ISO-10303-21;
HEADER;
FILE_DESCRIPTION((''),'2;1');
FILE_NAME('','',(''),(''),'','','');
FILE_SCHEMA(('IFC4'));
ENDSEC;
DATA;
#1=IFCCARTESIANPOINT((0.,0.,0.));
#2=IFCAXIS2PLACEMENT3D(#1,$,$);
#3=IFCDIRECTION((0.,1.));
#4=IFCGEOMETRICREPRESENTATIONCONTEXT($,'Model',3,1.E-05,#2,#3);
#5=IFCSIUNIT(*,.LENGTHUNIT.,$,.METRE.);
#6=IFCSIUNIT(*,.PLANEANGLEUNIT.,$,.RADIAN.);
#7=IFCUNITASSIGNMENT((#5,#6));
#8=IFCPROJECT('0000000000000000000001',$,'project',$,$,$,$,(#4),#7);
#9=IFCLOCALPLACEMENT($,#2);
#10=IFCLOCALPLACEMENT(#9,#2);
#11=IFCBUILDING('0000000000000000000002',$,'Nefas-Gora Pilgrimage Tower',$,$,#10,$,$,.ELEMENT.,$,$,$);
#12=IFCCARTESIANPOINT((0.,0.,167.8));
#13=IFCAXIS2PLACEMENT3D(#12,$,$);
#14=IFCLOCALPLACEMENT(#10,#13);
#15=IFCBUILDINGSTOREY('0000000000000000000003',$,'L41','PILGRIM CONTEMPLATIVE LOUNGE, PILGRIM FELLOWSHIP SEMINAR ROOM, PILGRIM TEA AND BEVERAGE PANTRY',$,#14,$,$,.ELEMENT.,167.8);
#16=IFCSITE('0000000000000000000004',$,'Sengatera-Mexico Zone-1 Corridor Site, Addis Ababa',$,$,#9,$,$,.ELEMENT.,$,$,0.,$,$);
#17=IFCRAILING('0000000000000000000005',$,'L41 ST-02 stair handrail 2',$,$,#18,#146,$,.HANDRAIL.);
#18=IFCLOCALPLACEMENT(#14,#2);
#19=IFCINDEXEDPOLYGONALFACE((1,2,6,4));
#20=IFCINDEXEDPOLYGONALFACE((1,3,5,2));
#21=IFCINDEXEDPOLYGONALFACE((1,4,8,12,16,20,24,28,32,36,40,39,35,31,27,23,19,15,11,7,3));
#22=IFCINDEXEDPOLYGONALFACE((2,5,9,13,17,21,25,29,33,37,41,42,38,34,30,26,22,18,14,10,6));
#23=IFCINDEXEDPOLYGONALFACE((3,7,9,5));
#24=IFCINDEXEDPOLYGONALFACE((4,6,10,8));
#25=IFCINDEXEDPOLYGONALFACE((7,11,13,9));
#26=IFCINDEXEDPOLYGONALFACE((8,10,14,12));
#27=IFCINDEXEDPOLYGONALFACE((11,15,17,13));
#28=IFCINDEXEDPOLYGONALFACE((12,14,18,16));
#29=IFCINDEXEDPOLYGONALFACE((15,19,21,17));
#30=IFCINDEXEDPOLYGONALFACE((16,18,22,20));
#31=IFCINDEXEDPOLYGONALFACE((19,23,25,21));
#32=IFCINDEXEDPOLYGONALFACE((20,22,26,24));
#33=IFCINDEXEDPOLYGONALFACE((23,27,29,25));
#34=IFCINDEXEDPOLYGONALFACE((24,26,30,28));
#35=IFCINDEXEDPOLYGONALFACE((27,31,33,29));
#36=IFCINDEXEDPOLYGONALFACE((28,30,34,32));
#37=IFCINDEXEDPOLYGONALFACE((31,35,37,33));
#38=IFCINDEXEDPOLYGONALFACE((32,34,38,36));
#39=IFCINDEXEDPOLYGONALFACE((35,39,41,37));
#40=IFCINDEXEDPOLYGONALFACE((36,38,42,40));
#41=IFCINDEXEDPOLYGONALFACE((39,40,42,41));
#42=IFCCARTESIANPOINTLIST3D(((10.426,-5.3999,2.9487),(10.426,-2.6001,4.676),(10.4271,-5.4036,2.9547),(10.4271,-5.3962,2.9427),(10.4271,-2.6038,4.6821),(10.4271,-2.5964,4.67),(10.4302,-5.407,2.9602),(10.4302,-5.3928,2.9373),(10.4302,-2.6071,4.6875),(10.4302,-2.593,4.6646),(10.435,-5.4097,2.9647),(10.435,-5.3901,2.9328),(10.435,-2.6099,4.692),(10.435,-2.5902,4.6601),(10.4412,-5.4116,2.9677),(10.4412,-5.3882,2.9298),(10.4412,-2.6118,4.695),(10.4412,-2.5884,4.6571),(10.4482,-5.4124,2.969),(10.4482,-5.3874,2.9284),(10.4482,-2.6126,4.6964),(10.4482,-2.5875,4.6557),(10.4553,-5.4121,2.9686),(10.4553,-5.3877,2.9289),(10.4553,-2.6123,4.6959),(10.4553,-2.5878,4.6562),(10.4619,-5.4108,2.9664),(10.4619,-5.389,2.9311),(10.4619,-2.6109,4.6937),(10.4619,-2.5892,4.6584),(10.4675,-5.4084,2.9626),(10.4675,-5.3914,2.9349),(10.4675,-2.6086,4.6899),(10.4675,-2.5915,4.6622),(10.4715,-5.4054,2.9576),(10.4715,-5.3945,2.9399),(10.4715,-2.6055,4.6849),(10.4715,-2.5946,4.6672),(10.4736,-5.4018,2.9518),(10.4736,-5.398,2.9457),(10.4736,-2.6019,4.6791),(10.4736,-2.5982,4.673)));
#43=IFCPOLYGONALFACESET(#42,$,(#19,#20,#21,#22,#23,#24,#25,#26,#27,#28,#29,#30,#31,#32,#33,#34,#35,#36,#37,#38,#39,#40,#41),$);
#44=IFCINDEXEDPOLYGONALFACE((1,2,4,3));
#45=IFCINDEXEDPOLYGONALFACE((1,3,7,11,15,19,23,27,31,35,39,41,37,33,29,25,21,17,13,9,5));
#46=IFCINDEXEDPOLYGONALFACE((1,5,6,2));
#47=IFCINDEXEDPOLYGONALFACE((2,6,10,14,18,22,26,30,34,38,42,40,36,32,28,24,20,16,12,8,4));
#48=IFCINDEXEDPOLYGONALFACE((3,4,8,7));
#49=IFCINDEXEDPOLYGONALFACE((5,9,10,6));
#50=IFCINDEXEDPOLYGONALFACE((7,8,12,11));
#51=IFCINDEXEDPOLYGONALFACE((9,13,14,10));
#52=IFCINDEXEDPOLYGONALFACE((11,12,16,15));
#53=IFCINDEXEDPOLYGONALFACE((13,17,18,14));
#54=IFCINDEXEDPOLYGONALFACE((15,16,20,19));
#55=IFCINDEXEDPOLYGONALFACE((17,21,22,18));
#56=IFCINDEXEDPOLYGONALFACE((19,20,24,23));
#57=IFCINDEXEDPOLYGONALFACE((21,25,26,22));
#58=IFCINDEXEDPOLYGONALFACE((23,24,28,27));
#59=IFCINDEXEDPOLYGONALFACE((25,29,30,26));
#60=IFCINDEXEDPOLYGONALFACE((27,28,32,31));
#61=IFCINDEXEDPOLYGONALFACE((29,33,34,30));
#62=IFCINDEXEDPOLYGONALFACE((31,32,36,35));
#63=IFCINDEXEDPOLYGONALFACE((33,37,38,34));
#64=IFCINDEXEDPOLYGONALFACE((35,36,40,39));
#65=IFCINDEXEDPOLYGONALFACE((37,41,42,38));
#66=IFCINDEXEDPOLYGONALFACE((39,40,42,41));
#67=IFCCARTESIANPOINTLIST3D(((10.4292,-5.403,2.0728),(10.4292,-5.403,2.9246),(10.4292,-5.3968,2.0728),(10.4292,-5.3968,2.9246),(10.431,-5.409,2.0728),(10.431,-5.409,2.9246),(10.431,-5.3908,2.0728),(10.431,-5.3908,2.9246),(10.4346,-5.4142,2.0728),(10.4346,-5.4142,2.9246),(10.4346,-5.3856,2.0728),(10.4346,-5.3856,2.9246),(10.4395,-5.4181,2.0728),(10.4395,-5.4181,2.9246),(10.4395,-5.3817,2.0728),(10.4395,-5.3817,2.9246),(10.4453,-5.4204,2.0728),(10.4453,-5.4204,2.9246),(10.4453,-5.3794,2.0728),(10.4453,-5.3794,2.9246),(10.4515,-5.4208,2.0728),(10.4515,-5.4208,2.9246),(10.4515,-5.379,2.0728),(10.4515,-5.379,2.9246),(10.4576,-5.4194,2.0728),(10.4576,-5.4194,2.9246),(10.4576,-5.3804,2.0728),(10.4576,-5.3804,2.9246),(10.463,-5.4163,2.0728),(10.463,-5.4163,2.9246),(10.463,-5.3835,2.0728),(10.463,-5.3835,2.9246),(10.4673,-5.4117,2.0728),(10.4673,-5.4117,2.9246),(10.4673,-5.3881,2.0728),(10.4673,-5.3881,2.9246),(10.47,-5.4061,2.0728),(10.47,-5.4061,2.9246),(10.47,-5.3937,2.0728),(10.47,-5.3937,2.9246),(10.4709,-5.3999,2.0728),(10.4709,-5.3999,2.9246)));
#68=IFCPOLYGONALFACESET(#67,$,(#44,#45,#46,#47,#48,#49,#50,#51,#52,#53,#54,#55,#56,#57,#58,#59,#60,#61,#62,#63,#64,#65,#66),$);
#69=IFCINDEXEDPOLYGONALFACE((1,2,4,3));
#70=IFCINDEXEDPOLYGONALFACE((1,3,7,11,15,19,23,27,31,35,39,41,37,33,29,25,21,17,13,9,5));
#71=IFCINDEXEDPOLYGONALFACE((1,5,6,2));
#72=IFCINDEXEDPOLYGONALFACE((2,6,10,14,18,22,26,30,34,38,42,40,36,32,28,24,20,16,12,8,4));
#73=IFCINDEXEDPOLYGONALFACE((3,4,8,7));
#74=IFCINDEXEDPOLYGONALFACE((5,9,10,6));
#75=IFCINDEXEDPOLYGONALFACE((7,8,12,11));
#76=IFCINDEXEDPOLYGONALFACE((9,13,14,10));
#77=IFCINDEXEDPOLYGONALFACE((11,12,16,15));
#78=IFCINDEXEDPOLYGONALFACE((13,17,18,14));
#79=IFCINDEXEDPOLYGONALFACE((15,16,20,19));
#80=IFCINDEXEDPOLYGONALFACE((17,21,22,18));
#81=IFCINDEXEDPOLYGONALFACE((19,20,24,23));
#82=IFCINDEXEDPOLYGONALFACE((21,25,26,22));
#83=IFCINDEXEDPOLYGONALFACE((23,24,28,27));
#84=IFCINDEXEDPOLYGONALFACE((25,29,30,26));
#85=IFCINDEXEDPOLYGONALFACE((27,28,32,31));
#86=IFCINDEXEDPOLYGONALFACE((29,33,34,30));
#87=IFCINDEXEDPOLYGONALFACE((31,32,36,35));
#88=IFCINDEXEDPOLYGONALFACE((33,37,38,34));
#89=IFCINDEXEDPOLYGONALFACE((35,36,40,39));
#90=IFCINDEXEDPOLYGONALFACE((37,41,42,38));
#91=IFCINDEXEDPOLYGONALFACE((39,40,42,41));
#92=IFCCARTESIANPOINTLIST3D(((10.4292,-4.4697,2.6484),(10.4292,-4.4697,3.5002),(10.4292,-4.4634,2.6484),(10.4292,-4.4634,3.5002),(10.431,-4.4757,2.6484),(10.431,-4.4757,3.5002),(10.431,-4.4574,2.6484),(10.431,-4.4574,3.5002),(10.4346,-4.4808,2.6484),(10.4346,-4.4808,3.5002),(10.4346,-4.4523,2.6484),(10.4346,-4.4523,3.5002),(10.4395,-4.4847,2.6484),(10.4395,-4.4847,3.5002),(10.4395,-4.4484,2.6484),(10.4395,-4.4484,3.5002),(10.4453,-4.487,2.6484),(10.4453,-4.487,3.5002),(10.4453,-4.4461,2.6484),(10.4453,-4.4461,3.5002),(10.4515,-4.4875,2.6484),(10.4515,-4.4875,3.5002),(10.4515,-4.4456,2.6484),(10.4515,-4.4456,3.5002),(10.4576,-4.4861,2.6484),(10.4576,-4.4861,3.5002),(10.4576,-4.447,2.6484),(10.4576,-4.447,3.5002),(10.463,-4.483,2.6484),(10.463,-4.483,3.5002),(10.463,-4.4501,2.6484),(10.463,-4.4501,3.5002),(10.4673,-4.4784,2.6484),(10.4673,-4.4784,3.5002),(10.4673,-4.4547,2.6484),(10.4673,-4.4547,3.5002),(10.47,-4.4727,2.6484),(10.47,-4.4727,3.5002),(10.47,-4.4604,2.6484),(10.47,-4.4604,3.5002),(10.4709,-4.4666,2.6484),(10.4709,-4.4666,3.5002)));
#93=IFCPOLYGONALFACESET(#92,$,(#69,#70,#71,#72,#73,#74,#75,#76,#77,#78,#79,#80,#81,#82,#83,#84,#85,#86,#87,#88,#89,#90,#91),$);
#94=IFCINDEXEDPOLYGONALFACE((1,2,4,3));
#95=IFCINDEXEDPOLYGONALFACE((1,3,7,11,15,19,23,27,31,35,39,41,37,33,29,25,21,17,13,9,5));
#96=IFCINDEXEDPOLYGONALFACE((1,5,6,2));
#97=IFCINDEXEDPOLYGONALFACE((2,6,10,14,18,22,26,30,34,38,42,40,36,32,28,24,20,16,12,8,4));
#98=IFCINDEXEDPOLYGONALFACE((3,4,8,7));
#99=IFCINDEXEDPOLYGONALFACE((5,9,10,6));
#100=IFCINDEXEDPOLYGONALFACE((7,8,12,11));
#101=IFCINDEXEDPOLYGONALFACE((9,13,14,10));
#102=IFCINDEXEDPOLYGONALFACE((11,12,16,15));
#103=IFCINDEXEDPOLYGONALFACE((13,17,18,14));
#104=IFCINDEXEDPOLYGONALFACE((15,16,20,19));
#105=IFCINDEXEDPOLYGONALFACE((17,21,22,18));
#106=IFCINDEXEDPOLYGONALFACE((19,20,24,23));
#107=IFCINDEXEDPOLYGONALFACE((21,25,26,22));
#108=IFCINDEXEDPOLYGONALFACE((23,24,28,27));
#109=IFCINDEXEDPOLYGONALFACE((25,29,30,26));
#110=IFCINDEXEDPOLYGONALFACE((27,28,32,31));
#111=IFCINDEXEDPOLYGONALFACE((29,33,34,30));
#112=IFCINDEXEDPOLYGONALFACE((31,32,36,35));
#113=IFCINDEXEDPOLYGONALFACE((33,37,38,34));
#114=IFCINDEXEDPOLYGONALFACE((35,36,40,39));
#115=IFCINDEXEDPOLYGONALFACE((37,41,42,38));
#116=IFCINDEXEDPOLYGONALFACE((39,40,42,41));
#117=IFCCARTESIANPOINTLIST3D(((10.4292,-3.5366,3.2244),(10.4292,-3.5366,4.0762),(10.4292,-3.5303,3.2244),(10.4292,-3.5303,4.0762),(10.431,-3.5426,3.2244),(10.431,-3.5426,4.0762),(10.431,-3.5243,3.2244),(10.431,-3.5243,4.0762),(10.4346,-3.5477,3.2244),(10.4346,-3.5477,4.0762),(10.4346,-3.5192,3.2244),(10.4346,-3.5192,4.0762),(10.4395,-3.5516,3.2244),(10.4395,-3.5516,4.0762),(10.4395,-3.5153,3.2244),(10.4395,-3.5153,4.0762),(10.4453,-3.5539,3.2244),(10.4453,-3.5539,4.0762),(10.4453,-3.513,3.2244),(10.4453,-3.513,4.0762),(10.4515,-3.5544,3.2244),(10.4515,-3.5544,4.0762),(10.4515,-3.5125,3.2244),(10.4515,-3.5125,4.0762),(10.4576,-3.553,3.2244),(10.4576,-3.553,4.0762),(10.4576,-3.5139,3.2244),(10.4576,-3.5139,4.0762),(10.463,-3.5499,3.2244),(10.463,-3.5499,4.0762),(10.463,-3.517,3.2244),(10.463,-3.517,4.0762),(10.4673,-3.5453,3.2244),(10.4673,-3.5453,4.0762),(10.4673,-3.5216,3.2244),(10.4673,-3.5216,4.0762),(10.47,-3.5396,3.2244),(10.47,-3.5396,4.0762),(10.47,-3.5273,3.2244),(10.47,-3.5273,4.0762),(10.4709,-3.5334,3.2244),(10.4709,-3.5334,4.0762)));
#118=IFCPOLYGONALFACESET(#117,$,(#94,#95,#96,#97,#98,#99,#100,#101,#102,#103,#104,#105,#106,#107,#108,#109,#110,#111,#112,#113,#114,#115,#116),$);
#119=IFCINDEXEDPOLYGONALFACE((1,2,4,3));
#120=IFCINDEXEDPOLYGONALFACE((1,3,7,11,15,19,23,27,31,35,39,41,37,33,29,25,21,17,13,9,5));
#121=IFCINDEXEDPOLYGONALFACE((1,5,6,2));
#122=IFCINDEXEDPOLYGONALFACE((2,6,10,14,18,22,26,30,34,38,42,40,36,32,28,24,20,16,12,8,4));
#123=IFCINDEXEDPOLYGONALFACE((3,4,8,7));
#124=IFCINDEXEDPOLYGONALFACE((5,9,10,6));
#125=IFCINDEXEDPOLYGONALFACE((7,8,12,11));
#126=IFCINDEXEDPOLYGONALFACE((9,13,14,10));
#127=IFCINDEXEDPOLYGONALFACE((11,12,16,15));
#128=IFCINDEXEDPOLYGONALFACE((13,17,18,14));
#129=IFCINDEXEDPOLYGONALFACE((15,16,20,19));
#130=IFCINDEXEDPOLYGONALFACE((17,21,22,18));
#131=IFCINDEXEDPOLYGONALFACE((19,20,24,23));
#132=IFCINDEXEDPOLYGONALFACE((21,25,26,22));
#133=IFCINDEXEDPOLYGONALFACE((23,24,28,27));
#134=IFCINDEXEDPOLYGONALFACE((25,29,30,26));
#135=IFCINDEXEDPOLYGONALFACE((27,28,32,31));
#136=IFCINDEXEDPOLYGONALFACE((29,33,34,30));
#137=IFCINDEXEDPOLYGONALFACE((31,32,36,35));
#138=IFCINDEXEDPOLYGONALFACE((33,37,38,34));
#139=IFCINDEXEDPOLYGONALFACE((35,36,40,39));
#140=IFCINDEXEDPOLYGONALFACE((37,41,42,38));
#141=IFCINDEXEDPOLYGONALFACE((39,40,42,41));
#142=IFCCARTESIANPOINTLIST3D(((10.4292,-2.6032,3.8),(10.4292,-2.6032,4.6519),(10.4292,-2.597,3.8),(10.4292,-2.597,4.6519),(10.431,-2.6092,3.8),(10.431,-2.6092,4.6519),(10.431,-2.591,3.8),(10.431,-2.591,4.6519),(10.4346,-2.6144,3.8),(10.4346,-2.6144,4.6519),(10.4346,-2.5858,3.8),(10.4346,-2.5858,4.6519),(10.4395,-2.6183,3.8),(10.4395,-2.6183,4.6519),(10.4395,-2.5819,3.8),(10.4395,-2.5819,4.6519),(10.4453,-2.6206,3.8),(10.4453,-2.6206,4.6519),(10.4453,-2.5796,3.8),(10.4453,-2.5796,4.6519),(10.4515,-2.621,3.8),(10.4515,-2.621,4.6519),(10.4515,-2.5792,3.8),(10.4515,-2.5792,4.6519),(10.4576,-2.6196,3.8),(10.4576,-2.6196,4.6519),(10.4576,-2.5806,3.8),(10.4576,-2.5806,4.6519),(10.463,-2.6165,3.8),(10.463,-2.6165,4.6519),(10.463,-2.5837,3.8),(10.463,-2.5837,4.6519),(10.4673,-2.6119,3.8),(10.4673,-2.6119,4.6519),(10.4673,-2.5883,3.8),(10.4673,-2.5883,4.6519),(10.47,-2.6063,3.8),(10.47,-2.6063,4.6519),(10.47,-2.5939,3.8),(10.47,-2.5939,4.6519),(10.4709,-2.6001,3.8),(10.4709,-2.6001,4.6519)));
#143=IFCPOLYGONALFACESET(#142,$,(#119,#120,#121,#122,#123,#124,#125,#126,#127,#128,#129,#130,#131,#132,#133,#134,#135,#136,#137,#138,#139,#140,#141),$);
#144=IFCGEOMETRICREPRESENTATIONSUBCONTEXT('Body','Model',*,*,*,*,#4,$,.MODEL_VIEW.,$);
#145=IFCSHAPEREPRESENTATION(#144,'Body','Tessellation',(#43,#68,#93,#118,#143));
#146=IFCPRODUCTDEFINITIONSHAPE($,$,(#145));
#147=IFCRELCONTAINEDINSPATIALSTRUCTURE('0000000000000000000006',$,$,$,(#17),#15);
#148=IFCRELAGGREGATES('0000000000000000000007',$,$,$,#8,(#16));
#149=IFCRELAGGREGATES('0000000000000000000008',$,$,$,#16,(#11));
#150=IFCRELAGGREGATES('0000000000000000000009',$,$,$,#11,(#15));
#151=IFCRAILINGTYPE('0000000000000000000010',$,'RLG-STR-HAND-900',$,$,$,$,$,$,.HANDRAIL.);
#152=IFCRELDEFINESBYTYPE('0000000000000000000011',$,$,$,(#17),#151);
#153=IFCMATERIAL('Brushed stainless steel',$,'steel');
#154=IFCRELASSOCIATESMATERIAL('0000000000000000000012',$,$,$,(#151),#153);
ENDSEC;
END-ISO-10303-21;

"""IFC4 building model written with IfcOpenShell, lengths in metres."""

from ifc_helpers import new_model, si_unit, direction, frame, origin, origin_2d, place, context, subcontext, project, spatial, circle, extrude, material, type_object, element, save


model = new_model("IFC4")

# Units and contexts
model_context = context("Model", 3, precision=1e-05, world=origin(), true_north=direction((0.0, 1.0)))
body_context = subcontext(model_context, "Body", "Model", "MODEL_VIEW")
ifc_project = project(units=[si_unit("LENGTHUNIT", "METRE"), si_unit("PLANEANGLEUNIT", "RADIAN")], contexts=[model_context])

# Site, building, storey
site_placement = place(None, origin())
site = spatial("IfcSite", under=ifc_project, at=site_placement, Name="Sengatera-Mexico Zone-1 Corridor Site, Addis Ababa", CompositionType="ELEMENT", RefElevation=0.0)
building_placement = place(site_placement, origin())
building = spatial("IfcBuilding", under=site, at=building_placement, Name="Nefas-Gora Pilgrimage Tower", CompositionType="ELEMENT")
storey_placement = place(building_placement, frame((0.0, 0.0, 167.8)))
storey = spatial("IfcBuildingStorey", under=building, at=storey_placement, Name="L41", Description="PILGRIM CONTEMPLATIVE LOUNGE, PILGRIM FELLOWSHIP SEMINAR ROOM, PILGRIM TEA AND BEVERAGE PANTRY", CompositionType="ELEMENT", Elevation=167.8)

# Railing
ifc_material_1 = material(Name="Brushed stainless steel", Category="steel")
railing_type_1 = type_object("IfcRailingType", Name="RLG-STR-HAND-900", PredefinedType="HANDRAIL", material=ifc_material_1)
railing_1_placement = place(storey_placement, frame((10.45, -5.3999, 2.0728)))
element("IfcRailing", 1, at=railing_1_placement, inside=storey, type_object=railing_type_1, Name="L41 ST-02 stair handrail 2", PredefinedType="HANDRAIL", context=body_context, shape_type="SweptSolid", body=[
    extrude(circle(Radius=0.0239, at=origin_2d()), frame((0.0, 0.0, 0.876), z_axis=(0.0, 0.851069, 0.525054), x_axis=(-1.0, 0.0, 0.0)), (0.0, 0.0, 1.0), 3.2898),
    extrude(circle(Radius=0.021, at=origin_2d()), origin(), (0.0, 0.0, 1.0), 0.8518),
    extrude(circle(Radius=0.021, at=origin_2d()), frame((0.0, 0.9333, 0.5757)), (0.0, 0.0, 1.0), 0.8518),
    extrude(circle(Radius=0.021, at=origin_2d()), frame((0.0, 1.8665, 1.1516)), (0.0, 0.0, 1.0), 0.8518),
    extrude(circle(Radius=0.021, at=origin_2d()), frame((0.0, 2.7998, 1.7273)), (0.0, 0.0, 1.0), 0.8518),
])

save(model, "model.ifc")
